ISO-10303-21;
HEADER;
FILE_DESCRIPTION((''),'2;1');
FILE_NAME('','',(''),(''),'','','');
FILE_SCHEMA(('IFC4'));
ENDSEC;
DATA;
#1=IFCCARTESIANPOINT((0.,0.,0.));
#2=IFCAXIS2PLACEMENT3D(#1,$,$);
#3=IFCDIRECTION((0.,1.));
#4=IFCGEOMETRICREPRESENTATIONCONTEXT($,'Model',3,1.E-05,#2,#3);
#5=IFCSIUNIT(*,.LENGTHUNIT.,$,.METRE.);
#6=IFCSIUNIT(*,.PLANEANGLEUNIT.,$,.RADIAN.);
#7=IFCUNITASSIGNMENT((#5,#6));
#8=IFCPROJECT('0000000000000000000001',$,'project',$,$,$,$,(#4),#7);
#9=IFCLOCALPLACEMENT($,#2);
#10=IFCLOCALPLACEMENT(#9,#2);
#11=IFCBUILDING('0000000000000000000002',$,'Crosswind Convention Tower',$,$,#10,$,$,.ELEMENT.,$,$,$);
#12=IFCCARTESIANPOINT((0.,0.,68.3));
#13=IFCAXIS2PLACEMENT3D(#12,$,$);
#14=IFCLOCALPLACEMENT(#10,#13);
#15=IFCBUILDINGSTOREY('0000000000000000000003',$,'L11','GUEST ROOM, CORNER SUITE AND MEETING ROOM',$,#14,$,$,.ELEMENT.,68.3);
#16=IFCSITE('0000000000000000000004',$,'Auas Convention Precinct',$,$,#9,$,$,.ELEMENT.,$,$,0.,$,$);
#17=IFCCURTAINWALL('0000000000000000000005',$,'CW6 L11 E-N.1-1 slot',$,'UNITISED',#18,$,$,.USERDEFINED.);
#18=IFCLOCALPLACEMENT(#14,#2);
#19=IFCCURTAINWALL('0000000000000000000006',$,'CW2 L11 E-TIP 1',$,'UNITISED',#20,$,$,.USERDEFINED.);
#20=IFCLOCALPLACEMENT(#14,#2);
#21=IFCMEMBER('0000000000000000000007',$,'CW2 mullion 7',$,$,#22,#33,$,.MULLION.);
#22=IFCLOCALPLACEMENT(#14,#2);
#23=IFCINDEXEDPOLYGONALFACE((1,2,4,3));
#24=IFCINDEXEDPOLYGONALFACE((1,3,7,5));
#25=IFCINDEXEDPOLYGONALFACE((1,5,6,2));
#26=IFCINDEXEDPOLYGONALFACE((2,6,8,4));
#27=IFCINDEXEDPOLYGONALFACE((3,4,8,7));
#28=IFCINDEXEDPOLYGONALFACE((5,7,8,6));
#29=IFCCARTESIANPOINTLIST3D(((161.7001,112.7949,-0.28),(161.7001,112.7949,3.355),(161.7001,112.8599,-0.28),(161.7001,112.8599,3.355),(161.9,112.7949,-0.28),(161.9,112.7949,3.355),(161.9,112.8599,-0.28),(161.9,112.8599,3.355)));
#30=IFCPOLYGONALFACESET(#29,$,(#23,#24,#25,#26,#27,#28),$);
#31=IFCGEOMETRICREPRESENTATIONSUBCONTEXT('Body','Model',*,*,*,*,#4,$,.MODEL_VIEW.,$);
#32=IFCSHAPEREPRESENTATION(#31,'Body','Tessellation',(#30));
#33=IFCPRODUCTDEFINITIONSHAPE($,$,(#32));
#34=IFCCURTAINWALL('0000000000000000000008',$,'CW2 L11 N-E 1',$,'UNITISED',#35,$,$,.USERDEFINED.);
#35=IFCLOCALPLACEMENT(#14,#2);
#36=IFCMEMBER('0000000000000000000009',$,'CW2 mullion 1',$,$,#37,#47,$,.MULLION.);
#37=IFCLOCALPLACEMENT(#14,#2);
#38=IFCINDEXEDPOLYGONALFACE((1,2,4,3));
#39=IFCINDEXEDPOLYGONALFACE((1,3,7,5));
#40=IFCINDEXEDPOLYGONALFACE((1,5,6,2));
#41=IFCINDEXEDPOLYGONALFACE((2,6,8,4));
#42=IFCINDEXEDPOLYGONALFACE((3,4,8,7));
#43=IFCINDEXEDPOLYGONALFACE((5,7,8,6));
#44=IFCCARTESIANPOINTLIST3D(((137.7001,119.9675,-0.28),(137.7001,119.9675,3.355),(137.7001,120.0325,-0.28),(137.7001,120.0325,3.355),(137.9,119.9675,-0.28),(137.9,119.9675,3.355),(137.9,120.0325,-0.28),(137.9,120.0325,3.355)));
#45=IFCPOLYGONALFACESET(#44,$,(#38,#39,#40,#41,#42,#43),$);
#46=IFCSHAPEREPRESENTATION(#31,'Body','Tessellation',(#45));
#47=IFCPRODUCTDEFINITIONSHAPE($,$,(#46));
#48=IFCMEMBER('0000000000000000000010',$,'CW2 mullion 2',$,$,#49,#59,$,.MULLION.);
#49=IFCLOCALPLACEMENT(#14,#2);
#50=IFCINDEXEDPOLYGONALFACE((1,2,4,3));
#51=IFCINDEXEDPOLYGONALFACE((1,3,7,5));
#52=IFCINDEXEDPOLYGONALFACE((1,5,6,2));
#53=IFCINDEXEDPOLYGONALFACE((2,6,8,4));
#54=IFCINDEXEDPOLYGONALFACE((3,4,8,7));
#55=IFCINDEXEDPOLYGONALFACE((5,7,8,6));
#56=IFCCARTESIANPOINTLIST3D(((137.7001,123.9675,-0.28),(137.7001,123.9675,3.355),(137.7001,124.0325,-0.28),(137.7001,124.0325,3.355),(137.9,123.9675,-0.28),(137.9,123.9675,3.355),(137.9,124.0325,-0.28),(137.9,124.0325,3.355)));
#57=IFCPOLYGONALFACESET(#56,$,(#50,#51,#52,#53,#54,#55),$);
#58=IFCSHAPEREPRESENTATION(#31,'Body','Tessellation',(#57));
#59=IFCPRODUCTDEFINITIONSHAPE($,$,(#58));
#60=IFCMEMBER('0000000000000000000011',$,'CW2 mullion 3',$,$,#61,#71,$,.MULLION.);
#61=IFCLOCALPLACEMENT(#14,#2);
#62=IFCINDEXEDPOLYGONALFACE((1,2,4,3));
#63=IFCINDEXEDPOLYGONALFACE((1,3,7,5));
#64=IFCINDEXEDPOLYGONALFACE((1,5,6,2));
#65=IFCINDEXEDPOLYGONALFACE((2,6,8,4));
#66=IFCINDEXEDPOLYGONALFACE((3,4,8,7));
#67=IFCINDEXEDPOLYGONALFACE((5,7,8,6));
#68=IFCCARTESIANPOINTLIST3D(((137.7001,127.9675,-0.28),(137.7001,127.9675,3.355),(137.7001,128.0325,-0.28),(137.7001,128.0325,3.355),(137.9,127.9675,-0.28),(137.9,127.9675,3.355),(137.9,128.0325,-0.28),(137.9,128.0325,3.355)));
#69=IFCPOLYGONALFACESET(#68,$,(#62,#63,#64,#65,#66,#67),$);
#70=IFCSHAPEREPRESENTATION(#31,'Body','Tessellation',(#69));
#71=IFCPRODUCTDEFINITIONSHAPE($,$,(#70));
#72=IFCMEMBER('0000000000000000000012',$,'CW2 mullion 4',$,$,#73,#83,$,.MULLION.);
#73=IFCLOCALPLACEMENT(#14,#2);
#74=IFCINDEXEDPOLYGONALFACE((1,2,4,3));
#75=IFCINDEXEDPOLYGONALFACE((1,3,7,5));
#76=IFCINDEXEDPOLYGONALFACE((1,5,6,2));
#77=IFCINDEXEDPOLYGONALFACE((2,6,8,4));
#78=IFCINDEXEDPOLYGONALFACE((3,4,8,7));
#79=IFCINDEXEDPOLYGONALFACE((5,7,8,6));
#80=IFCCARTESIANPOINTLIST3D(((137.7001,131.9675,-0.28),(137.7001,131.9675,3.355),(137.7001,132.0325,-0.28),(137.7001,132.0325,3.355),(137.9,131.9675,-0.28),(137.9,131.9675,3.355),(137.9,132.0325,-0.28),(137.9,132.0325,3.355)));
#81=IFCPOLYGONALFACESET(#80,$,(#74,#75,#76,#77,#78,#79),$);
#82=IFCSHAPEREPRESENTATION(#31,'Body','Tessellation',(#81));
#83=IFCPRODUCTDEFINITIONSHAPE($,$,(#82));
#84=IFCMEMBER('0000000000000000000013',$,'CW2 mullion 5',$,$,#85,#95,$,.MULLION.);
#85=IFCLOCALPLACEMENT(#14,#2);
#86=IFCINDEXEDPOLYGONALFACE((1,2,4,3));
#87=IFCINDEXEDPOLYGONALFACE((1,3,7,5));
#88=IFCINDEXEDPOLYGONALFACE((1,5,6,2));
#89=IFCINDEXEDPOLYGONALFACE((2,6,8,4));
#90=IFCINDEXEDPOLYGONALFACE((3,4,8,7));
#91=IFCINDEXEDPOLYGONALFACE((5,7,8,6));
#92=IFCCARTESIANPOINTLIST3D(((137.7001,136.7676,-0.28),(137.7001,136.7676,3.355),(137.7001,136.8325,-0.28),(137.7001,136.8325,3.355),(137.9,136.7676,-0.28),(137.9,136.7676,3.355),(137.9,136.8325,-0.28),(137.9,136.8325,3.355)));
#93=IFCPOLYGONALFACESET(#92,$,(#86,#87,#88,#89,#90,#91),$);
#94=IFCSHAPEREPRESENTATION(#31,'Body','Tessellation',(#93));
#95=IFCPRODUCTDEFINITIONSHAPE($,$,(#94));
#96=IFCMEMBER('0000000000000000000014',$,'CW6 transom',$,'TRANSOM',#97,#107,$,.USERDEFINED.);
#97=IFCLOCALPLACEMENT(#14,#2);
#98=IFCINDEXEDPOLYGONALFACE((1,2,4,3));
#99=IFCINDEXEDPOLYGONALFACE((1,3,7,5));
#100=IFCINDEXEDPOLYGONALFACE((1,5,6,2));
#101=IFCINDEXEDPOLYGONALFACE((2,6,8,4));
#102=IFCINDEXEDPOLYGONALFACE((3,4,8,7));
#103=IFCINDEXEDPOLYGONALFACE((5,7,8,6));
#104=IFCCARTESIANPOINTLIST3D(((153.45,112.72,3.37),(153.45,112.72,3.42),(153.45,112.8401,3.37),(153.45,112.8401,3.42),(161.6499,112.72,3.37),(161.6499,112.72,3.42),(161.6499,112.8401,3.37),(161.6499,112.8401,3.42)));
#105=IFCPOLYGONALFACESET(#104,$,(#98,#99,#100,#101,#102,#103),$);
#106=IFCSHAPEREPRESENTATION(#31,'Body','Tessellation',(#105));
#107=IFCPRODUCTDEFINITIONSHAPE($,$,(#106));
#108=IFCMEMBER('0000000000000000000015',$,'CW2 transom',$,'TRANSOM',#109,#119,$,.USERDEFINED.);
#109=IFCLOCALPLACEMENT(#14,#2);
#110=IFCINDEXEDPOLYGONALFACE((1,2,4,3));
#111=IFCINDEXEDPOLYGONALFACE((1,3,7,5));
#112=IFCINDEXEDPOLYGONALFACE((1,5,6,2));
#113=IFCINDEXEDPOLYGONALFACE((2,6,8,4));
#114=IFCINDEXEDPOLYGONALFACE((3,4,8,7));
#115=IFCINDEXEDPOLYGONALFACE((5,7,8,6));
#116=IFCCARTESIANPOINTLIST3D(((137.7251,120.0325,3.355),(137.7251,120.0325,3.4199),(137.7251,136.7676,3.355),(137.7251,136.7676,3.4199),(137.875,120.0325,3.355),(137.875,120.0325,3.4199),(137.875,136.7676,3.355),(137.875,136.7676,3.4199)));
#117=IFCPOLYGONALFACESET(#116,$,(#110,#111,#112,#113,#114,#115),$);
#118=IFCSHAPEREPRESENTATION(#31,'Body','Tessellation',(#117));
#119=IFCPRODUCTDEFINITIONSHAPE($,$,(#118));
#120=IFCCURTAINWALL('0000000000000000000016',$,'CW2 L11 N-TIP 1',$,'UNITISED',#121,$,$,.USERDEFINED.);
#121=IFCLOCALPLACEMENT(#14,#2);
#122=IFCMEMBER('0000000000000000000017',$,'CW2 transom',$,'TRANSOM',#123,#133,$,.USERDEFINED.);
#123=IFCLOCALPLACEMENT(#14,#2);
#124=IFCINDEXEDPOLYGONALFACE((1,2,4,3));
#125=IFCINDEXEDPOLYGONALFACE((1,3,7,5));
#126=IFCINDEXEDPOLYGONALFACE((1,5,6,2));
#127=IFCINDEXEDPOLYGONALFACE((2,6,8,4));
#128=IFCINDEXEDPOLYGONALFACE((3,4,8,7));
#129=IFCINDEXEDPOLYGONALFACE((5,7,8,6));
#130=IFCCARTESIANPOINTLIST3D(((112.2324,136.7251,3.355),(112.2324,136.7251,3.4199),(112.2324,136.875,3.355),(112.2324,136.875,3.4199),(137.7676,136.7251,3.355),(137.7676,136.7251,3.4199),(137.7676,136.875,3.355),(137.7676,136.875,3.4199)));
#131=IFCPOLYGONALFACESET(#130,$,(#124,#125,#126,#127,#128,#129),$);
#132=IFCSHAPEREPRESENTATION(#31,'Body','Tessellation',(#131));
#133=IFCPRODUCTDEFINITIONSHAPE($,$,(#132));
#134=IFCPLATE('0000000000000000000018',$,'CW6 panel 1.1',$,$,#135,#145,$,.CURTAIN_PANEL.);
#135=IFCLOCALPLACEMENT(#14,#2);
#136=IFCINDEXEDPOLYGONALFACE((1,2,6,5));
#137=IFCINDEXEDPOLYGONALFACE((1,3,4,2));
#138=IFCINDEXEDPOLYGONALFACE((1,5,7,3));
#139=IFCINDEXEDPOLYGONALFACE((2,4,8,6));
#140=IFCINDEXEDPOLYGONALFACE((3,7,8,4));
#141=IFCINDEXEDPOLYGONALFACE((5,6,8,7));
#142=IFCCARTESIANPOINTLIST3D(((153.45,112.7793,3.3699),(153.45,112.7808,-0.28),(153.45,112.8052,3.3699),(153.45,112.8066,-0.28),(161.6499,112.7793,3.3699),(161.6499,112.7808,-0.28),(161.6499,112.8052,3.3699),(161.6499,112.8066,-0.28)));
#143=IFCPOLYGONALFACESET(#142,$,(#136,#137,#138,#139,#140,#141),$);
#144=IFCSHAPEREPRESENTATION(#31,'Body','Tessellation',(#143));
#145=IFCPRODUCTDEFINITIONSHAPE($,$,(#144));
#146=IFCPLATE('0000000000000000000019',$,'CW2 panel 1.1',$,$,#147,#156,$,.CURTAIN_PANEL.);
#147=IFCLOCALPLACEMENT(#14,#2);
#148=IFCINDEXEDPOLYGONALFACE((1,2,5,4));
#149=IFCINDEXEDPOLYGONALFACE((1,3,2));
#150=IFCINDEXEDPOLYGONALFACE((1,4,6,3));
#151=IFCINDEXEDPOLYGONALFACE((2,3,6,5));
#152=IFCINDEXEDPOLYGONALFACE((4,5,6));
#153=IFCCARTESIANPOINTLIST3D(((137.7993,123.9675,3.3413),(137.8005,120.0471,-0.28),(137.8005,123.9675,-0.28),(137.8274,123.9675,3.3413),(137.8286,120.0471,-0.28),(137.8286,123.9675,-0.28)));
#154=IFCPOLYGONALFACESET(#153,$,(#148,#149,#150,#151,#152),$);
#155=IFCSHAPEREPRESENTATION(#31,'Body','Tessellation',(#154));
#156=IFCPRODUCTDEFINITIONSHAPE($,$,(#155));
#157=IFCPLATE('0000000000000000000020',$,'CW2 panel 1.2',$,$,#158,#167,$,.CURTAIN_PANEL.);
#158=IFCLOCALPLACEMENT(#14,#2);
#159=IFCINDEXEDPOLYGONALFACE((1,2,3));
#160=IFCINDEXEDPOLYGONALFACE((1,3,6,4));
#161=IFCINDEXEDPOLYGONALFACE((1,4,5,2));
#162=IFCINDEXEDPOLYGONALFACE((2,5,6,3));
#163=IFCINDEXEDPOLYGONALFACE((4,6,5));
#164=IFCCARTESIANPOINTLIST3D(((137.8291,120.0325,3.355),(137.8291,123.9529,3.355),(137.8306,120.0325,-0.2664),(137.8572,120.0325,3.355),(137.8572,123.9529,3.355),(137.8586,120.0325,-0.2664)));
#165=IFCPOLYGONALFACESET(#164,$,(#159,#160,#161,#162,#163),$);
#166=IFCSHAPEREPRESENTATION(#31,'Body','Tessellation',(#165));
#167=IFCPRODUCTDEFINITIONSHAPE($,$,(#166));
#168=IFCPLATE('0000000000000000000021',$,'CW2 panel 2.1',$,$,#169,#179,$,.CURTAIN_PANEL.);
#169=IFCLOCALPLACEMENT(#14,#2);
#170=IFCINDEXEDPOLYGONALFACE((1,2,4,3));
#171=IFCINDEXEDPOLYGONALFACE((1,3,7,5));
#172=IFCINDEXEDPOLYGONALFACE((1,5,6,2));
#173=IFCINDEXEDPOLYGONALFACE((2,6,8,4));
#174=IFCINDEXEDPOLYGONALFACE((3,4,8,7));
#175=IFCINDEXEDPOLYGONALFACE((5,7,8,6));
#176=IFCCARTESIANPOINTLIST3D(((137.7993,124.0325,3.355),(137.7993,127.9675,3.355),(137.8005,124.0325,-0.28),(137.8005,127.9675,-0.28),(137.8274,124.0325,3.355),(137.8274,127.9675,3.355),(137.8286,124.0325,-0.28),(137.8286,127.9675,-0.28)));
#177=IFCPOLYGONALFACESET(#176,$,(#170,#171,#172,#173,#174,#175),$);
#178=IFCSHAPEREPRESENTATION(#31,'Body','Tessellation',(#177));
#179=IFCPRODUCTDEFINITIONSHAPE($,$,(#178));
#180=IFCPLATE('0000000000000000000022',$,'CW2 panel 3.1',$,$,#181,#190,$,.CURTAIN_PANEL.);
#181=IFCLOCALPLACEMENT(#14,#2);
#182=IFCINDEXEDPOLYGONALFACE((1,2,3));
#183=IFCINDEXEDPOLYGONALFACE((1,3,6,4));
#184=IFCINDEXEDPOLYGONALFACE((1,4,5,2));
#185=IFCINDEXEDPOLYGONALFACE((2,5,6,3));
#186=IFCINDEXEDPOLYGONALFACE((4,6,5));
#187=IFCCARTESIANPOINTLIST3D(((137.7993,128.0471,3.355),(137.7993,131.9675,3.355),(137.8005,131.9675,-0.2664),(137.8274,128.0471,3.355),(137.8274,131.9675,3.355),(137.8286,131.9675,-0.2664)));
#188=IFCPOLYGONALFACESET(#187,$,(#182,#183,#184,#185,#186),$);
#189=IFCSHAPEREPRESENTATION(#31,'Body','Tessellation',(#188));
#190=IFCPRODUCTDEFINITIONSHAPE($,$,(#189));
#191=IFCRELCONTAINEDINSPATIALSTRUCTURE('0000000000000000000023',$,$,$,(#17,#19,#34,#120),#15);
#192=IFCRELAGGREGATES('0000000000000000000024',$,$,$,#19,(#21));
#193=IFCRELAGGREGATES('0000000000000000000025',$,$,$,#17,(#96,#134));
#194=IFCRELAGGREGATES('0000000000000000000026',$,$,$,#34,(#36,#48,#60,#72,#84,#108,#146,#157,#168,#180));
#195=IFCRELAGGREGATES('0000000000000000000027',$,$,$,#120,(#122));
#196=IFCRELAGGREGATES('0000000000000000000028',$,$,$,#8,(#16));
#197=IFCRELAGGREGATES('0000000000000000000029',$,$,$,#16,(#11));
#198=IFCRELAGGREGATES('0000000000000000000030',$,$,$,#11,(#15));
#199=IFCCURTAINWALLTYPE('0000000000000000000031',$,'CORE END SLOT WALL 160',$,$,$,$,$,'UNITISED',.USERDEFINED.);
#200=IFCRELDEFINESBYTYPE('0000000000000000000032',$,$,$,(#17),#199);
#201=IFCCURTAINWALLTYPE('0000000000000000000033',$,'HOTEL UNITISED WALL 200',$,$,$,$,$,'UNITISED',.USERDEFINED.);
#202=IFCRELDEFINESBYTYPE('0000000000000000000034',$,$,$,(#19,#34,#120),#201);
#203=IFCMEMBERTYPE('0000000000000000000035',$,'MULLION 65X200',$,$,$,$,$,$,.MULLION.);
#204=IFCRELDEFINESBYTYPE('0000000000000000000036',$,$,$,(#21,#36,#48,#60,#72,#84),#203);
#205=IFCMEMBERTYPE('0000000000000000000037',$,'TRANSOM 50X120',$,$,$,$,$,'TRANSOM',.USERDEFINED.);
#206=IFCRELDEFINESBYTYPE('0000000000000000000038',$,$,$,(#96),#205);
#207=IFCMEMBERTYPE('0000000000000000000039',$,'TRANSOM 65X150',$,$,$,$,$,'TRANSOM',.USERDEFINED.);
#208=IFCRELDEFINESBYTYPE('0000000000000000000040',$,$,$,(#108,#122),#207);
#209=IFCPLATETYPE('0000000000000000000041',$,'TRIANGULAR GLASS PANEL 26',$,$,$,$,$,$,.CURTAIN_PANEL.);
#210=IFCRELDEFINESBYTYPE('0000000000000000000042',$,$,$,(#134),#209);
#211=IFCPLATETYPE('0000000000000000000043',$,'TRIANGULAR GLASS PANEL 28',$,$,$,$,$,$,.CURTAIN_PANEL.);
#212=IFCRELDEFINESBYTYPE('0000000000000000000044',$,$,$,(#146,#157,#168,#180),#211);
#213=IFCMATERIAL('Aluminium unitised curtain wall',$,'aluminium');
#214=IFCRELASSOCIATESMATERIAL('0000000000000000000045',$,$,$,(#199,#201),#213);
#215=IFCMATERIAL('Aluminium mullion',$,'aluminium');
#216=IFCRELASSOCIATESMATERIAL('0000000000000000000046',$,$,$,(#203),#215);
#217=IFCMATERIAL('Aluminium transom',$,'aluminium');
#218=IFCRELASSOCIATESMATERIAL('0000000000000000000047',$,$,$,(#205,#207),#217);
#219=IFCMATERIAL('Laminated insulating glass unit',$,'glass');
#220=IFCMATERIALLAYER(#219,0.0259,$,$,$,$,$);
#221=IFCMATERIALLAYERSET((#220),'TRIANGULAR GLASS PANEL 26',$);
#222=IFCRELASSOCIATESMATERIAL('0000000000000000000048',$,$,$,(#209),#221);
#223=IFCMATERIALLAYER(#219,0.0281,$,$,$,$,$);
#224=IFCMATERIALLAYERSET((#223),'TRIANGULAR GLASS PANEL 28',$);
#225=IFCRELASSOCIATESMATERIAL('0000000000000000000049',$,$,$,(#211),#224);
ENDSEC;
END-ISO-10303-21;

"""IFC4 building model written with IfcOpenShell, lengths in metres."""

from ifc_helpers import new_model, si_unit, direction, frame, origin, origin_2d, place, context, subcontext, project, spatial, polyline, rectangle, outline, extrude, material, layer, layer_set, material_profile, profile_set, type_object, element, aggregate, save


model = new_model("IFC4")

# Units and contexts
model_context = context("Model", 3, precision=1e-05, world=origin(), true_north=direction((0.0, 1.0)))
body_context = subcontext(model_context, "Body", "Model", "MODEL_VIEW")
ifc_project = project(units=[si_unit("LENGTHUNIT", "METRE"), si_unit("PLANEANGLEUNIT", "RADIAN")], contexts=[model_context])

# Site, building, storey
site_placement = place(None, origin())
site = spatial("IfcSite", under=ifc_project, at=site_placement, Name="Auas Convention Precinct", CompositionType="ELEMENT", RefElevation=0.0)
building_placement = place(site_placement, origin())
building = spatial("IfcBuilding", under=site, at=building_placement, Name="Crosswind Convention Tower", CompositionType="ELEMENT")
storey_placement = place(building_placement, frame((0.0, 0.0, 68.3)))
storey = spatial("IfcBuildingStorey", under=building, at=storey_placement, Name="L11", Description="GUEST ROOM, CORNER SUITE AND MEETING ROOM", CompositionType="ELEMENT", Elevation=68.3)

# Curtain wall
ifc_material_1 = material(Name="Aluminium unitised curtain wall", Category="aluminium")
curtain_wall_type_1 = type_object("IfcCurtainWallType", Name="CORE END SLOT WALL 160", ElementType="UNITISED", PredefinedType="USERDEFINED", material=ifc_material_1)
curtain_wall_1_placement = place(storey_placement, origin())
curtain_wall_1 = element("IfcCurtainWall", 1, at=curtain_wall_1_placement, inside=storey, type_object=curtain_wall_type_1, Name="CW6 L11 E-N.1-1 slot", ObjectType="UNITISED", PredefinedType="USERDEFINED")
ifc_material_2 = material(Name="Aluminium mullion", Category="aluminium")

# Curtain wall, member
curtain_wall_type_2 = type_object("IfcCurtainWallType", Name="HOTEL UNITISED WALL 200", ElementType="UNITISED", PredefinedType="USERDEFINED", material=ifc_material_1)
curtain_wall_2_placement = place(storey_placement, origin())
curtain_wall_2 = element("IfcCurtainWall", 2, at=curtain_wall_2_placement, inside=storey, type_object=curtain_wall_type_2, Name="CW2 L11 E-TIP 1", ObjectType="UNITISED", PredefinedType="USERDEFINED")
ifc_material_profile_1 = material_profile(ifc_material_2, rectangle(XDim=0.2, YDim=0.0649, at=origin_2d()), Name="AL 200X65")
ifc_profile_set_1 = profile_set([ifc_material_profile_1], Name="Aluminium mullion")
member_type_1 = type_object("IfcMemberType", Name="MULLION 65X200", PredefinedType="MULLION", material=ifc_profile_set_1)
member_1_placement = place(storey_placement, frame((161.8, 112.8274, -0.28), z_axis=(0.0, 0.0, 1.0), x_axis=(1.0, 0.0, 0.0)))
member_1 = element("IfcMember", 3, at=member_1_placement, type_object=member_type_1, Name="CW2 mullion 7", PredefinedType="MULLION", context=body_context, shape_type="SweptSolid", body=[
    extrude(rectangle(XDim=0.2, YDim=0.0649, at=origin_2d()), origin(), (0.0, 0.0, 1.0), 3.635),
])
aggregate(curtain_wall_2, [member_1])

# Curtain wall, members
curtain_wall_3_placement = place(storey_placement, origin())
curtain_wall_3 = element("IfcCurtainWall", 4, at=curtain_wall_3_placement, inside=storey, type_object=curtain_wall_type_2, Name="CW2 L11 N-E 1", ObjectType="UNITISED", PredefinedType="USERDEFINED")
member_2_placement = place(storey_placement, frame((137.8, 120.0, -0.28), z_axis=(0.0, 0.0, 1.0), x_axis=(1.0, 0.0, 0.0)))
member_2 = element("IfcMember", 5, at=member_2_placement, type_object=member_type_1, Name="CW2 mullion 1", PredefinedType="MULLION", context=body_context, shape_type="SweptSolid", body=[
    extrude(rectangle(XDim=0.2, YDim=0.0649, at=origin_2d()), origin(), (0.0, 0.0, 1.0), 3.635),
])
member_3_placement = place(storey_placement, frame((137.8, 124.0, -0.28), z_axis=(0.0, 0.0, 1.0), x_axis=(1.0, 0.0, 0.0)))
member_3 = element("IfcMember", 6, at=member_3_placement, type_object=member_type_1, Name="CW2 mullion 2", PredefinedType="MULLION", context=body_context, shape_type="SweptSolid", body=[
    extrude(rectangle(XDim=0.2, YDim=0.0649, at=origin_2d()), origin(), (0.0, 0.0, 1.0), 3.635),
])
member_4_placement = place(storey_placement, frame((137.8, 128.0, -0.28), z_axis=(0.0, 0.0, 1.0), x_axis=(1.0, 0.0, 0.0)))
member_4 = element("IfcMember", 7, at=member_4_placement, type_object=member_type_1, Name="CW2 mullion 3", PredefinedType="MULLION", context=body_context, shape_type="SweptSolid", body=[
    extrude(rectangle(XDim=0.2, YDim=0.0649, at=origin_2d()), origin(), (0.0, 0.0, 1.0), 3.635),
])
member_5_placement = place(storey_placement, frame((137.8, 132.0, -0.28), z_axis=(0.0, 0.0, 1.0), x_axis=(1.0, 0.0, 0.0)))
member_5 = element("IfcMember", 8, at=member_5_placement, type_object=member_type_1, Name="CW2 mullion 4", PredefinedType="MULLION", context=body_context, shape_type="SweptSolid", body=[
    extrude(rectangle(XDim=0.2, YDim=0.0649, at=origin_2d()), origin(), (0.0, 0.0, 1.0), 3.635),
])
member_6_placement = place(storey_placement, frame((137.8, 136.8, -0.28), z_axis=(0.0, 0.0, 1.0), x_axis=(1.0, 0.0, 0.0)))
member_6 = element("IfcMember", 9, at=member_6_placement, type_object=member_type_1, Name="CW2 mullion 5", PredefinedType="MULLION", context=body_context, shape_type="SweptSolid", body=[
    extrude(rectangle(XDim=0.2, YDim=0.0649, at=origin_2d()), origin(), (0.0, 0.0, 1.0), 3.635),
])

# Members
ifc_material_3 = material(Name="Aluminium transom", Category="aluminium")
ifc_material_profile_2 = material_profile(ifc_material_3, rectangle(XDim=0.1201, YDim=0.05, at=origin_2d()), Name="AL 120X50")
ifc_profile_set_2 = profile_set([ifc_material_profile_2], Name="Aluminium transom")
member_type_2 = type_object("IfcMemberType", Name="TRANSOM 50X120", ElementType="TRANSOM", PredefinedType="USERDEFINED", material=ifc_profile_set_2)
member_7_placement = place(storey_placement, frame((161.6499, 112.78, 3.395), z_axis=(-1.0, 0.0, 0.0), x_axis=(0.0, -1.0, 0.0)))
member_7 = element("IfcMember", 10, at=member_7_placement, type_object=member_type_2, Name="CW6 transom", ObjectType="TRANSOM", PredefinedType="USERDEFINED", context=body_context, shape_type="SweptSolid", body=[
    extrude(rectangle(XDim=0.1201, YDim=0.05, at=origin_2d()), origin(), (0.0, 0.0, 1.0), 8.2),
])
ifc_material_profile_3 = material_profile(ifc_material_3, rectangle(XDim=0.1499, YDim=0.0649, at=origin_2d()), Name="AL 150X65")
ifc_profile_set_3 = profile_set([ifc_material_profile_3], Name="Aluminium transom")
member_type_3 = type_object("IfcMemberType", Name="TRANSOM 65X150", ElementType="TRANSOM", PredefinedType="USERDEFINED", material=ifc_profile_set_3)
member_8_placement = place(storey_placement, frame((137.8, 120.0325, 3.3875), z_axis=(0.0, 1.0, 0.0), x_axis=(-1.0, 0.0, 0.0)))
member_8 = element("IfcMember", 11, at=member_8_placement, type_object=member_type_3, Name="CW2 transom", ObjectType="TRANSOM", PredefinedType="USERDEFINED", context=body_context, shape_type="SweptSolid", body=[
    extrude(rectangle(XDim=0.1499, YDim=0.0649, at=origin_2d()), origin(), (0.0, 0.0, 1.0), 16.7351),
])

# Curtain wall, member
curtain_wall_4_placement = place(storey_placement, origin())
curtain_wall_4 = element("IfcCurtainWall", 12, at=curtain_wall_4_placement, inside=storey, type_object=curtain_wall_type_2, Name="CW2 L11 N-TIP 1", ObjectType="UNITISED", PredefinedType="USERDEFINED")
member_9_placement = place(storey_placement, frame((137.7676, 136.8, 3.3875), z_axis=(-1.0, 0.0, 0.0), x_axis=(0.0, -1.0, 0.0)))
member_9 = element("IfcMember", 13, at=member_9_placement, type_object=member_type_3, Name="CW2 transom", ObjectType="TRANSOM", PredefinedType="USERDEFINED", context=body_context, shape_type="SweptSolid", body=[
    extrude(rectangle(XDim=0.1499, YDim=0.0649, at=origin_2d()), origin(), (0.0, 0.0, 1.0), 25.5352),
])

# Plates
ifc_material_4 = material(Name="Laminated insulating glass unit", Category="glass")
ifc_layer_1 = layer(ifc_material_4, 0.0259)
ifc_layer_set_1 = layer_set([ifc_layer_1], Name="TRIANGULAR GLASS PANEL 26")
plate_type_1 = type_object("IfcPlateType", Name="TRIANGULAR GLASS PANEL 26", PredefinedType="CURTAIN_PANEL", material=ifc_layer_set_1)
plate_1_placement = place(storey_placement, frame((161.6499, 112.8066, -0.28), z_axis=(0.0, 1.0, 0.000401), x_axis=(-1.0, 0.0, 0.0)))
plate_1 = element("IfcPlate", 14, at=plate_1_placement, type_object=plate_type_1, Name="CW6 panel 1.1", PredefinedType="CURTAIN_PANEL", context=body_context, shape_type="SweptSolid", body=[
    extrude(outline(polyline([(0.0, 0.0), (8.2, 0.0), (8.2, 3.6499), (0.0, 3.6499), (0.0, 0.0)])), origin(), (0.0, 0.0, -1.0), 0.0259),
])
aggregate(curtain_wall_1, [member_7, plate_1])
ifc_layer_2 = layer(ifc_material_4, 0.0281)
ifc_layer_set_2 = layer_set([ifc_layer_2], Name="TRIANGULAR GLASS PANEL 28")
plate_type_2 = type_object("IfcPlateType", Name="TRIANGULAR GLASS PANEL 28", PredefinedType="CURTAIN_PANEL", material=ifc_layer_set_2)
plate_2_placement = place(storey_placement, frame((137.8286, 123.9675, -0.28), z_axis=(1.0, 0.0, 0.000337), x_axis=(-0.000337, 0.0, 1.0)))
plate_2 = element("IfcPlate", 15, at=plate_2_placement, type_object=plate_type_2, Name="CW2 panel 1.1", PredefinedType="CURTAIN_PANEL", context=body_context, shape_type="SweptSolid", body=[
    extrude(outline(polyline([(0.0, 0.0), (3.6213, 0.0), (0.0, 3.9204), (0.0, 0.0)])), origin(), (0.0, 0.0, -1.0), 0.0281),
])
plate_3_placement = place(storey_placement, frame((137.8572, 120.0325, 3.355), z_axis=(1.0, 0.0, 0.000405), x_axis=(0.000405, 0.0, -1.0)))
plate_3 = element("IfcPlate", 16, at=plate_3_placement, type_object=plate_type_2, Name="CW2 panel 1.2", PredefinedType="CURTAIN_PANEL", context=body_context, shape_type="SweptSolid", body=[
    extrude(outline(polyline([(0.0, 0.0), (3.6213, 0.0), (0.0, 3.9204), (0.0, 0.0)])), origin(), (0.0, 0.0, -1.0), 0.0281),
])
plate_4_placement = place(storey_placement, frame((137.8286, 124.0325, -0.28), z_axis=(1.0, 0.0, 0.000336), x_axis=(0.0, 1.0, 0.0)))
plate_4 = element("IfcPlate", 17, at=plate_4_placement, type_object=plate_type_2, Name="CW2 panel 2.1", PredefinedType="CURTAIN_PANEL", context=body_context, shape_type="SweptSolid", body=[
    extrude(outline(polyline([(0.0, 0.0), (3.9351, 0.0), (3.9351, 3.635), (0.0, 3.635), (0.0, 0.0)])), origin(), (0.0, 0.0, -1.0), 0.0281),
])
plate_5_placement = place(storey_placement, frame((137.8274, 131.9675, 3.355), z_axis=(1.0, 0.0, 0.000337), x_axis=(0.0, -1.0, 0.0)))
plate_5 = element("IfcPlate", 18, at=plate_5_placement, type_object=plate_type_2, Name="CW2 panel 3.1", PredefinedType="CURTAIN_PANEL", context=body_context, shape_type="SweptSolid", body=[
    extrude(outline(polyline([(0.0, 0.0), (3.9204, 0.0), (0.0, 3.6213), (0.0, 0.0)])), origin(), (0.0, 0.0, -1.0), 0.0281),
])

aggregate(curtain_wall_3, [member_2, member_3, member_4, member_5, member_6, member_8, plate_2, plate_3, plate_4, plate_5])
aggregate(curtain_wall_4, [member_9])

save(model, "model.ifc")
